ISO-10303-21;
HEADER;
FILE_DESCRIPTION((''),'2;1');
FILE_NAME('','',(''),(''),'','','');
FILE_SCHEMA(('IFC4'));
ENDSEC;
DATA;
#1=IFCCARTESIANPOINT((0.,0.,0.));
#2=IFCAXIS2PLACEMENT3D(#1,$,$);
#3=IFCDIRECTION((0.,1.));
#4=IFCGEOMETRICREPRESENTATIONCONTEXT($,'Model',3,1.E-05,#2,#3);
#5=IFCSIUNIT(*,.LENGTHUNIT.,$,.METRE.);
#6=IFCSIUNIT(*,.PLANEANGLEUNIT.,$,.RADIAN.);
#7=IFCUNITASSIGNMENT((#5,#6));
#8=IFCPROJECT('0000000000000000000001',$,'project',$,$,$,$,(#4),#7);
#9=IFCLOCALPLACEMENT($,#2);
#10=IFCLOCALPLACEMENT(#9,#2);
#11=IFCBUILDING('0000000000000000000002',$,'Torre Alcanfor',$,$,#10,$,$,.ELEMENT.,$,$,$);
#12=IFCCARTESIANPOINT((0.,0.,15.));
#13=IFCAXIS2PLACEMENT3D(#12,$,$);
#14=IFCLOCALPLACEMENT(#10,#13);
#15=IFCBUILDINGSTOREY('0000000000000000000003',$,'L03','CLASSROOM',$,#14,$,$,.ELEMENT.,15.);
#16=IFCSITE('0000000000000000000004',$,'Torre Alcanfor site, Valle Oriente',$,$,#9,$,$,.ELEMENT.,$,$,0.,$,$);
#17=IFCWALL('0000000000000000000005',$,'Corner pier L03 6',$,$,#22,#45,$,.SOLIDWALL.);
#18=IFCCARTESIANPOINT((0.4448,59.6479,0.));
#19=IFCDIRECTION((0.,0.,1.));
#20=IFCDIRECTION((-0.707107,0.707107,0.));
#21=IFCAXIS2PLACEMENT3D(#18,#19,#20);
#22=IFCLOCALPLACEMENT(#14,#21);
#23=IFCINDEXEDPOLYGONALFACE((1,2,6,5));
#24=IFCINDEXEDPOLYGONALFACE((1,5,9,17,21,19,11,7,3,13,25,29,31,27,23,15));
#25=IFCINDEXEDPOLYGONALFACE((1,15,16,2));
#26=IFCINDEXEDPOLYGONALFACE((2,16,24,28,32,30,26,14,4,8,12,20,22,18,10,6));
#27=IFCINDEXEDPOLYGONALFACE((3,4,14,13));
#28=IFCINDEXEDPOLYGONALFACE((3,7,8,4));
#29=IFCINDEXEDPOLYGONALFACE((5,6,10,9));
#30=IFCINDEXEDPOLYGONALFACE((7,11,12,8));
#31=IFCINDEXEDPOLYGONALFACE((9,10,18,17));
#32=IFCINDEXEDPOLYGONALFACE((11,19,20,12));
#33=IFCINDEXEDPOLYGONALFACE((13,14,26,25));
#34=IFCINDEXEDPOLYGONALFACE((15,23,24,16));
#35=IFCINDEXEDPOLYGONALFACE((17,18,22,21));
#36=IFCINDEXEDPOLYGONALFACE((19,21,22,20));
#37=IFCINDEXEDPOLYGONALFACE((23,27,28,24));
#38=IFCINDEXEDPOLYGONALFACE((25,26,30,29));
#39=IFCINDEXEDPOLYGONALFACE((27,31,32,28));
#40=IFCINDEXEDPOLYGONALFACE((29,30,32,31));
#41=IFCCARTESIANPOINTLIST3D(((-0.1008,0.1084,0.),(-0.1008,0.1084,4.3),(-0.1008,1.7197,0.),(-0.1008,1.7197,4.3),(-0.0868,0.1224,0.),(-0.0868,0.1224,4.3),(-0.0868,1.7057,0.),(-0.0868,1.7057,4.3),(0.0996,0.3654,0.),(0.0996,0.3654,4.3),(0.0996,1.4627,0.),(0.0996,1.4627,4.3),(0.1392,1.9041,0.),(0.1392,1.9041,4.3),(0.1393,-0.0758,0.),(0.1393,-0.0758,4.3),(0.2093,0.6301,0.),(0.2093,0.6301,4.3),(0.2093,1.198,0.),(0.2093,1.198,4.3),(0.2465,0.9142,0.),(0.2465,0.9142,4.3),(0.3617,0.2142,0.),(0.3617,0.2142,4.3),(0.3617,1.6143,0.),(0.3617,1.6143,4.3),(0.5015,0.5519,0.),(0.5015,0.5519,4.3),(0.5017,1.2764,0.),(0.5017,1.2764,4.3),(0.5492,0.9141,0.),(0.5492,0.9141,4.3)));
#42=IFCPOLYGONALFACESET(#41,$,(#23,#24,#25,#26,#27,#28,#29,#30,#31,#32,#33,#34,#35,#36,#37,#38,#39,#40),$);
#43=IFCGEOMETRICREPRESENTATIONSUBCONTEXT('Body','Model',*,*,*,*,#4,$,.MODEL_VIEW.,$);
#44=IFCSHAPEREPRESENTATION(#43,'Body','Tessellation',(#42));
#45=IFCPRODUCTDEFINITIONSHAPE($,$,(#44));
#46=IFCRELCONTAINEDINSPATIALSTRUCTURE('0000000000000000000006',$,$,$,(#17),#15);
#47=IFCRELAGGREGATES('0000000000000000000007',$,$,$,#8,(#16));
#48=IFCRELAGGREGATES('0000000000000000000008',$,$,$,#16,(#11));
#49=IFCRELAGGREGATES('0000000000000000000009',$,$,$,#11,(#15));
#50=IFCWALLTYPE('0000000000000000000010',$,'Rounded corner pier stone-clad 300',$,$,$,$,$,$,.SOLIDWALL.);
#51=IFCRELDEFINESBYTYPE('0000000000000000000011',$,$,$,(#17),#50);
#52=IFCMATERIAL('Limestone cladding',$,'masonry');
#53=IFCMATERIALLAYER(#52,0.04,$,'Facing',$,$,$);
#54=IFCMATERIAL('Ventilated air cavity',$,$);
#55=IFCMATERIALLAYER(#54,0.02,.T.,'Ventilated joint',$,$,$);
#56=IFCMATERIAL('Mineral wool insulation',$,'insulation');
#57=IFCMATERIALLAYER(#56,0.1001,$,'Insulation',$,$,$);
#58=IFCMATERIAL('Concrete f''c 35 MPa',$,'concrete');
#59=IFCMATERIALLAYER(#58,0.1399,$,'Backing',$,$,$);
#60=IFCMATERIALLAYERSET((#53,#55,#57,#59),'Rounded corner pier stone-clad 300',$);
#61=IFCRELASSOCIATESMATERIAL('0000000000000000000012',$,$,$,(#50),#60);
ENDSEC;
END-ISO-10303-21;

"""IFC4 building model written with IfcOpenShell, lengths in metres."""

from ifc_helpers import new_model, si_unit, direction, frame, origin, place, context, subcontext, project, spatial, polyline, outline, extrude, material, layer, layer_set, type_object, element, save


model = new_model("IFC4")

# Units and contexts
model_context = context("Model", 3, precision=1e-05, world=origin(), true_north=direction((0.0, 1.0)))
body_context = subcontext(model_context, "Body", "Model", "MODEL_VIEW")
ifc_project = project(units=[si_unit("LENGTHUNIT", "METRE"), si_unit("PLANEANGLEUNIT", "RADIAN")], contexts=[model_context])

# Site, building, storey
site_placement = place(None, origin())
site = spatial("IfcSite", under=ifc_project, at=site_placement, Name="Torre Alcanfor site, Valle Oriente", CompositionType="ELEMENT", RefElevation=0.0)
building_placement = place(site_placement, origin())
building = spatial("IfcBuilding", under=site, at=building_placement, Name="Torre Alcanfor", CompositionType="ELEMENT")
storey_placement = place(building_placement, frame((0.0, 0.0, 15.0)))
storey = spatial("IfcBuildingStorey", under=building, at=storey_placement, Name="L03", Description="CLASSROOM", CompositionType="ELEMENT", Elevation=15.0)

# Wall
ifc_material_1 = material(Name="Limestone cladding", Category="masonry")
ifc_layer_1 = layer(ifc_material_1, 0.04, Name="Facing")
ifc_material_2 = material(Name="Ventilated air cavity")
ifc_layer_2 = layer(ifc_material_2, 0.02, ventilated=True, Name="Ventilated joint")
ifc_material_3 = material(Name="Mineral wool insulation", Category="insulation")
ifc_layer_3 = layer(ifc_material_3, 0.1001, Name="Insulation")
ifc_material_4 = material(Name="Concrete f'c 35 MPa", Category="concrete")
ifc_layer_4 = layer(ifc_material_4, 0.1399, Name="Backing")
ifc_layer_set_1 = layer_set([ifc_layer_1, ifc_layer_2, ifc_layer_3, ifc_layer_4], Name="Rounded corner pier stone-clad 300")
wall_type_1 = type_object("IfcWallType", Name="Rounded corner pier stone-clad 300", PredefinedType="SOLIDWALL", material=ifc_layer_set_1)
wall_1_placement = place(storey_placement, frame((0.4448, 59.6479, 0.0), z_axis=(0.0, 0.0, 1.0), x_axis=(-0.707107, 0.707107, 0.0)))
element("IfcWall", 1, at=wall_1_placement, inside=storey, type_object=wall_type_1, Name="Corner pier L03 6", PredefinedType="SOLIDWALL", context=body_context, shape_type="SweptSolid", body=[
    extrude(outline(polyline([(0.1392, 1.9041), (-0.1008, 1.7197), (-0.0868, 1.7057), (0.0996, 1.4627), (0.2093, 1.198), (0.2465, 0.9142), (0.2093, 0.6301), (0.0996, 0.3654), (-0.0868, 0.1224), (-0.1008, 0.1084), (0.1393, -0.0758), (0.3617, 0.2142), (0.5015, 0.5519), (0.5492, 0.9141), (0.5017, 1.2764), (0.3617, 1.6143), (0.1392, 1.9041)])), origin(), (0.0, 0.0, 1.0), 4.3),
])

save(model, "model.ifc")
